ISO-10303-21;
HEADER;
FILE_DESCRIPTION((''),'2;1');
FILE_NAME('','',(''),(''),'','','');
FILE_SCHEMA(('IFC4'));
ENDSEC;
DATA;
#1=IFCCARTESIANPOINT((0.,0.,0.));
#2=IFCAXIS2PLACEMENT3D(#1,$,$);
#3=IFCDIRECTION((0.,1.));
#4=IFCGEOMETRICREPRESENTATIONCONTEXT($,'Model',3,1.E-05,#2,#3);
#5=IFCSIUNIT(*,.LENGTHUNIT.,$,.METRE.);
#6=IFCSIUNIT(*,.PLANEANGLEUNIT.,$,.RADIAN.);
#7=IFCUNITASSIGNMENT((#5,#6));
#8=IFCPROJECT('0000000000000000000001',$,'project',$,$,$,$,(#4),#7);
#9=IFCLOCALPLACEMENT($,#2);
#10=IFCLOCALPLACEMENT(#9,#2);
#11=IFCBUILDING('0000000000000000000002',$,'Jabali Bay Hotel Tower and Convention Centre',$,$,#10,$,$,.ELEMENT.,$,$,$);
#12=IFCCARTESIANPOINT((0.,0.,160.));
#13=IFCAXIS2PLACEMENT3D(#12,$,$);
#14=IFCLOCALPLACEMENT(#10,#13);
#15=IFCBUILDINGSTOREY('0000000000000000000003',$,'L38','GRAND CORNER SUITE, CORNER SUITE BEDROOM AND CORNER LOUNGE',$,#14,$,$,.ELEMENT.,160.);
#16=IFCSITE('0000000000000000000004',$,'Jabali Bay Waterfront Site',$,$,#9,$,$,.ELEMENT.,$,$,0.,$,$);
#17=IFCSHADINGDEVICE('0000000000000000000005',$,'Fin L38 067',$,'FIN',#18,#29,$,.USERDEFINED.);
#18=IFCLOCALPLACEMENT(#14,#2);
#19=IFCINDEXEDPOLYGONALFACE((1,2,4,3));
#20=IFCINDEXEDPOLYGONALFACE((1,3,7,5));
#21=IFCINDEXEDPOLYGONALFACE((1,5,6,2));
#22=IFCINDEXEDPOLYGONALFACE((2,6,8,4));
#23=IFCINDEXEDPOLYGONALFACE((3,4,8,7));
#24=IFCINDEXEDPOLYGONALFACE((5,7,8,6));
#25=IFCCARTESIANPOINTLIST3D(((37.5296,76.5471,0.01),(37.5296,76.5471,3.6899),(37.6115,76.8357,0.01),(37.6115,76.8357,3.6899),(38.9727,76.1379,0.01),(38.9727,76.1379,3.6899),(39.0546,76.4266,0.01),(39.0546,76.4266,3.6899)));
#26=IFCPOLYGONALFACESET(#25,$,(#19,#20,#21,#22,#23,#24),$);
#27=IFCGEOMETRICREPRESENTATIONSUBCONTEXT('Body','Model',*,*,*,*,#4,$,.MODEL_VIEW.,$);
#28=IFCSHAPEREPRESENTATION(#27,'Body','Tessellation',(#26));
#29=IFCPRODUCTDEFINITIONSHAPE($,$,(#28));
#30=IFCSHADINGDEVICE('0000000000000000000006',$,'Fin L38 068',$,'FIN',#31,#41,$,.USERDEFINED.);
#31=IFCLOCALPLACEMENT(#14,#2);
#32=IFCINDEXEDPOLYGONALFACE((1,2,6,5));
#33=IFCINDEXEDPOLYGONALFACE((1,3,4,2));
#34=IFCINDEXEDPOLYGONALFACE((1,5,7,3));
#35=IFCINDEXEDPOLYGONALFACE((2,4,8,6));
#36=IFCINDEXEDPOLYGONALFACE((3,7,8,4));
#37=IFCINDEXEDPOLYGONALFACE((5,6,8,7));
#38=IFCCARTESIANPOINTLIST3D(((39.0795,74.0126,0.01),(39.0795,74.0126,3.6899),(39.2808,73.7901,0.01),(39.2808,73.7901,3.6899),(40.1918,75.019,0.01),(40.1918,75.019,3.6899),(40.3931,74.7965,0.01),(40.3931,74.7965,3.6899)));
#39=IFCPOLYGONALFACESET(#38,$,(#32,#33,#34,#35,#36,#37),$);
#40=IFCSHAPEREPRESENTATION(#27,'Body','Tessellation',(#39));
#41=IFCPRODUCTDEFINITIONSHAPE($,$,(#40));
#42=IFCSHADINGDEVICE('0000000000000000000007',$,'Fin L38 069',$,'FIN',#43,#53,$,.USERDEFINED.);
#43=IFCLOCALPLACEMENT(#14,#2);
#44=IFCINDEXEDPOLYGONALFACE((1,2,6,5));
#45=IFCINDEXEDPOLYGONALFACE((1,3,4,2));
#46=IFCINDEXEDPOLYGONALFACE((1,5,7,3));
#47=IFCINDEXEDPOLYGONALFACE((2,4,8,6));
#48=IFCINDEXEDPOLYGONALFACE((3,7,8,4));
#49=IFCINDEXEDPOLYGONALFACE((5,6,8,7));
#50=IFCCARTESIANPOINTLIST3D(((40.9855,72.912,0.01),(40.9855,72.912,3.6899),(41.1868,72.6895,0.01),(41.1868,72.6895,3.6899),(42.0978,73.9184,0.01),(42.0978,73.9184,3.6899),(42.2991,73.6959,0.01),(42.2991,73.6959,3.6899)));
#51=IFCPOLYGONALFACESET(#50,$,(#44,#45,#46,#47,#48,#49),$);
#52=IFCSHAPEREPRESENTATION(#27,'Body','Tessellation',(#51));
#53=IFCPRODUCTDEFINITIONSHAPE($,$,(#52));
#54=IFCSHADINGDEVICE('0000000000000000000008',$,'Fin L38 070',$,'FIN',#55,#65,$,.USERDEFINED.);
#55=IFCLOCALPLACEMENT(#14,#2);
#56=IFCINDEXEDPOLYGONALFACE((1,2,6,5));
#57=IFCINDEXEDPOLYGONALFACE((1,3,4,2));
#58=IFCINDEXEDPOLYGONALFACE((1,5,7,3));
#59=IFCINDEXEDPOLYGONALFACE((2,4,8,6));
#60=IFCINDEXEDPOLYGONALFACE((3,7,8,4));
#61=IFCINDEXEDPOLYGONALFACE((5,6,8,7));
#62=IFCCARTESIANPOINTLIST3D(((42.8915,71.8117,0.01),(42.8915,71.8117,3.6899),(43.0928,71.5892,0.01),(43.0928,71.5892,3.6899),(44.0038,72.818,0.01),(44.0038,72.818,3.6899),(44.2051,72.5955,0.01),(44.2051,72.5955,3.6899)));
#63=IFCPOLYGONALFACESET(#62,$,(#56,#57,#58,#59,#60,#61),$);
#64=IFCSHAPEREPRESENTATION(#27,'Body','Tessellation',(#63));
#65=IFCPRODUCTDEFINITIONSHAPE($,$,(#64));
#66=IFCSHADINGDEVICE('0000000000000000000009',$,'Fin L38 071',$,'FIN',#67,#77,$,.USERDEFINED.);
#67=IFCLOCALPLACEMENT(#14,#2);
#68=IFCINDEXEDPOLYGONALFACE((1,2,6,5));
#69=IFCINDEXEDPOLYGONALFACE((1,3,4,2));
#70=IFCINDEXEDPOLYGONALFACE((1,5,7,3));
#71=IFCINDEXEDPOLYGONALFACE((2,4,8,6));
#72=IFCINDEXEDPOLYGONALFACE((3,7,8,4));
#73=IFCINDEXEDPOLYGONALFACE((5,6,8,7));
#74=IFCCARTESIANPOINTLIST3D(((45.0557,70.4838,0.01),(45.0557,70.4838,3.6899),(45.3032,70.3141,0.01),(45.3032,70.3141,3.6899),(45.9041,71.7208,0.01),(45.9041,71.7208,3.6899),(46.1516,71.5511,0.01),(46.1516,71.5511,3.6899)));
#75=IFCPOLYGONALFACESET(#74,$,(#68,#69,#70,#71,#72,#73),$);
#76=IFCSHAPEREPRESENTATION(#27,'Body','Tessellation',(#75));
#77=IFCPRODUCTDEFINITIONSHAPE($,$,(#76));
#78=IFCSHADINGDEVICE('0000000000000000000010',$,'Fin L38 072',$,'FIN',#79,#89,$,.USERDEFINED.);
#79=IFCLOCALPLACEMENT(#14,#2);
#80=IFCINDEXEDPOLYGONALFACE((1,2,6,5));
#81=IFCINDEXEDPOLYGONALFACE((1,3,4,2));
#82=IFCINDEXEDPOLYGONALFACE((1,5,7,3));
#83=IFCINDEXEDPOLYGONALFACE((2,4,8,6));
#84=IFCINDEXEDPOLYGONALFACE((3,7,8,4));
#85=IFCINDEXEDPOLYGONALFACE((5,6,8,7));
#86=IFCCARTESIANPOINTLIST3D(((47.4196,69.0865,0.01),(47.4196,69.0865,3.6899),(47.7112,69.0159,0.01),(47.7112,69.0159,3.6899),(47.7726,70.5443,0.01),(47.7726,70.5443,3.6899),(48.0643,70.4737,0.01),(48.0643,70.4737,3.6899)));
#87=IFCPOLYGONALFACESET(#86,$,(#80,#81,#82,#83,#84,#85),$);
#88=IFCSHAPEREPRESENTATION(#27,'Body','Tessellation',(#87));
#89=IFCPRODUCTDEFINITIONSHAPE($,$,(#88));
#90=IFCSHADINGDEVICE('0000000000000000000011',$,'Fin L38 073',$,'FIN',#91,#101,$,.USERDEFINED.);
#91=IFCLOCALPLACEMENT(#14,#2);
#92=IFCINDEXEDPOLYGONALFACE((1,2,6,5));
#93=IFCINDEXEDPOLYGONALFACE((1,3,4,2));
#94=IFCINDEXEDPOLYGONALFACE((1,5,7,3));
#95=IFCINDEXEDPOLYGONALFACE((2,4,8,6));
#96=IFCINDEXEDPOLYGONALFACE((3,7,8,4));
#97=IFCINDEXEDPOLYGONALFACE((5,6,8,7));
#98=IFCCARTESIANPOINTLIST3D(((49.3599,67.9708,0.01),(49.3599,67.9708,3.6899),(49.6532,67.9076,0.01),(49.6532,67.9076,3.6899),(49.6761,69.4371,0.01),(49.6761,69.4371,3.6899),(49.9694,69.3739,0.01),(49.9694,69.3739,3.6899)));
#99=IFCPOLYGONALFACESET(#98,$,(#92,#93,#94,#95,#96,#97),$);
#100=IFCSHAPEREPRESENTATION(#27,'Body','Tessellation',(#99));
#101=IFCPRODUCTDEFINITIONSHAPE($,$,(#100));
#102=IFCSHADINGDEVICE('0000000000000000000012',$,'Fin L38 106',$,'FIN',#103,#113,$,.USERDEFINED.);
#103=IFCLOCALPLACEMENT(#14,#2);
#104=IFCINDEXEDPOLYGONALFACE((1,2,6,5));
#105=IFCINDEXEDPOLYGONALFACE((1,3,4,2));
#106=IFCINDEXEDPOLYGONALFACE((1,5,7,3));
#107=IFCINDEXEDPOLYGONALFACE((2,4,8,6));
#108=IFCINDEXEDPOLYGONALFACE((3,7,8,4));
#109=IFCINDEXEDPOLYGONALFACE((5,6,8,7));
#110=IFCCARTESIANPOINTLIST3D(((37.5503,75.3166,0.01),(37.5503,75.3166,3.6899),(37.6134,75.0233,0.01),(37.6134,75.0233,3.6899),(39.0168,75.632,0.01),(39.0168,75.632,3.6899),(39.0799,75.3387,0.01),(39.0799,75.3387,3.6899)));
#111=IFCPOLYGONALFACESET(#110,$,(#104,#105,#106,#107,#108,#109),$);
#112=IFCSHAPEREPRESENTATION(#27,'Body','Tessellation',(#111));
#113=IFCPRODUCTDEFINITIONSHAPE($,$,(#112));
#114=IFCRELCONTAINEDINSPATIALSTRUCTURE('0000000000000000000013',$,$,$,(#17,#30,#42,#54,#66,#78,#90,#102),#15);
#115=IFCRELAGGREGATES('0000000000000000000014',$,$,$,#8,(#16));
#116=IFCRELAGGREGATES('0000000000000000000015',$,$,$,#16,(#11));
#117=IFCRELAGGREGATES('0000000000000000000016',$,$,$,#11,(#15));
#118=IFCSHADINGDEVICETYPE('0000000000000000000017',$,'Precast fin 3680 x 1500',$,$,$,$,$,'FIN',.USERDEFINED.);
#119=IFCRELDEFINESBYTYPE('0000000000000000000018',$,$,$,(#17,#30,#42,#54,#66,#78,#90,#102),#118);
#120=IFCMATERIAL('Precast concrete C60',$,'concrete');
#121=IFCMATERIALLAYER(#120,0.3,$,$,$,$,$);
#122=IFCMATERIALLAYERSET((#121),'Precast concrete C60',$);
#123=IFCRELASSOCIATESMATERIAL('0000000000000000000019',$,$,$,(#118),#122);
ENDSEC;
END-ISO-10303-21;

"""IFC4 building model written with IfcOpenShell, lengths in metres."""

from ifc_helpers import new_model, si_unit, direction, frame, frame_2d, origin, place, context, subcontext, project, spatial, rectangle, extrude, material, layer, layer_set, type_object, element, save


model = new_model("IFC4")

# Units and contexts
model_context = context("Model", 3, precision=1e-05, world=origin(), true_north=direction((0.0, 1.0)))
body_context = subcontext(model_context, "Body", "Model", "MODEL_VIEW")
ifc_project = project(units=[si_unit("LENGTHUNIT", "METRE"), si_unit("PLANEANGLEUNIT", "RADIAN")], contexts=[model_context])

# Site, building, storey
site_placement = place(None, origin())
site = spatial("IfcSite", under=ifc_project, at=site_placement, Name="Jabali Bay Waterfront Site", CompositionType="ELEMENT", RefElevation=0.0)
building_placement = place(site_placement, origin())
building = spatial("IfcBuilding", under=site, at=building_placement, Name="Jabali Bay Hotel Tower and Convention Centre", CompositionType="ELEMENT")
storey_placement = place(building_placement, frame((0.0, 0.0, 160.0)))
storey = spatial("IfcBuildingStorey", under=building, at=storey_placement, Name="L38", Description="GRAND CORNER SUITE, CORNER SUITE BEDROOM AND CORNER LOUNGE", CompositionType="ELEMENT", Elevation=160.0)

# Shading devices
ifc_material_1 = material(Name="Precast concrete C60", Category="concrete")
ifc_layer_1 = layer(ifc_material_1, 0.3)
ifc_layer_set_1 = layer_set([ifc_layer_1], Name="Precast concrete C60")
shading_device_type = type_object("IfcShadingDeviceType", Name="Precast fin 3680 x 1500", ElementType="FIN", PredefinedType="USERDEFINED", material=ifc_layer_set_1)
for number, where, z_axis, x_axis, name in (
    (1, (39.0137, 76.2822, 0.01), (0.0, 0.0, 1.0), (-0.962075, 0.272786, 0.0), "Fin L38 067"),
    (2, (40.2925, 74.9077, 0.01), (0.0, 0.0, 1.0), (-0.741543, -0.670905, 0.0), "Fin L38 068"),
    (3, (42.1985, 73.8071, 0.01), (0.0, 0.0, 1.0), (-0.741543, -0.670905, 0.0), "Fin L38 069"),
    (4, (44.1045, 72.7068, 0.01), (0.0, 0.0, 1.0), (-0.741543, -0.670905, 0.0), "Fin L38 070"),
    (5, (46.0278, 71.636, 0.01), (0.0, 0.0, 1.0), (-0.565582, -0.824692, 0.0), "Fin L38 071"),
    (6, (47.9185, 70.509, 0.01), (0.0, 0.0, 1.0), (-0.235367, -0.971907, 0.0), "Fin L38 072"),
    (7, (49.8228, 69.4055, 0.01), (0.0, 0.0, 1.0), (-0.210774, -0.977535, 0.0), "Fin L38 073"),
    (8, (39.0483, 75.4854, 0.01), (0.0, 0.0, 1.0), (-0.977643, -0.210274, 0.0), "Fin L38 106"),
):
    element("IfcShadingDevice", number, at=place(storey_placement, frame(where, z_axis=z_axis, x_axis=x_axis)), inside=storey, type_object=shading_device_type, Name=name, ObjectType="FIN", PredefinedType="USERDEFINED", context=body_context, shape_type="SweptSolid", body=[
        extrude(rectangle(XDim=1.5, YDim=0.3, at=frame_2d((0.75, 0.0))), origin(), (0.0, 0.0, 1.0), 3.6799),
    ])

save(model, "model.ifc")
